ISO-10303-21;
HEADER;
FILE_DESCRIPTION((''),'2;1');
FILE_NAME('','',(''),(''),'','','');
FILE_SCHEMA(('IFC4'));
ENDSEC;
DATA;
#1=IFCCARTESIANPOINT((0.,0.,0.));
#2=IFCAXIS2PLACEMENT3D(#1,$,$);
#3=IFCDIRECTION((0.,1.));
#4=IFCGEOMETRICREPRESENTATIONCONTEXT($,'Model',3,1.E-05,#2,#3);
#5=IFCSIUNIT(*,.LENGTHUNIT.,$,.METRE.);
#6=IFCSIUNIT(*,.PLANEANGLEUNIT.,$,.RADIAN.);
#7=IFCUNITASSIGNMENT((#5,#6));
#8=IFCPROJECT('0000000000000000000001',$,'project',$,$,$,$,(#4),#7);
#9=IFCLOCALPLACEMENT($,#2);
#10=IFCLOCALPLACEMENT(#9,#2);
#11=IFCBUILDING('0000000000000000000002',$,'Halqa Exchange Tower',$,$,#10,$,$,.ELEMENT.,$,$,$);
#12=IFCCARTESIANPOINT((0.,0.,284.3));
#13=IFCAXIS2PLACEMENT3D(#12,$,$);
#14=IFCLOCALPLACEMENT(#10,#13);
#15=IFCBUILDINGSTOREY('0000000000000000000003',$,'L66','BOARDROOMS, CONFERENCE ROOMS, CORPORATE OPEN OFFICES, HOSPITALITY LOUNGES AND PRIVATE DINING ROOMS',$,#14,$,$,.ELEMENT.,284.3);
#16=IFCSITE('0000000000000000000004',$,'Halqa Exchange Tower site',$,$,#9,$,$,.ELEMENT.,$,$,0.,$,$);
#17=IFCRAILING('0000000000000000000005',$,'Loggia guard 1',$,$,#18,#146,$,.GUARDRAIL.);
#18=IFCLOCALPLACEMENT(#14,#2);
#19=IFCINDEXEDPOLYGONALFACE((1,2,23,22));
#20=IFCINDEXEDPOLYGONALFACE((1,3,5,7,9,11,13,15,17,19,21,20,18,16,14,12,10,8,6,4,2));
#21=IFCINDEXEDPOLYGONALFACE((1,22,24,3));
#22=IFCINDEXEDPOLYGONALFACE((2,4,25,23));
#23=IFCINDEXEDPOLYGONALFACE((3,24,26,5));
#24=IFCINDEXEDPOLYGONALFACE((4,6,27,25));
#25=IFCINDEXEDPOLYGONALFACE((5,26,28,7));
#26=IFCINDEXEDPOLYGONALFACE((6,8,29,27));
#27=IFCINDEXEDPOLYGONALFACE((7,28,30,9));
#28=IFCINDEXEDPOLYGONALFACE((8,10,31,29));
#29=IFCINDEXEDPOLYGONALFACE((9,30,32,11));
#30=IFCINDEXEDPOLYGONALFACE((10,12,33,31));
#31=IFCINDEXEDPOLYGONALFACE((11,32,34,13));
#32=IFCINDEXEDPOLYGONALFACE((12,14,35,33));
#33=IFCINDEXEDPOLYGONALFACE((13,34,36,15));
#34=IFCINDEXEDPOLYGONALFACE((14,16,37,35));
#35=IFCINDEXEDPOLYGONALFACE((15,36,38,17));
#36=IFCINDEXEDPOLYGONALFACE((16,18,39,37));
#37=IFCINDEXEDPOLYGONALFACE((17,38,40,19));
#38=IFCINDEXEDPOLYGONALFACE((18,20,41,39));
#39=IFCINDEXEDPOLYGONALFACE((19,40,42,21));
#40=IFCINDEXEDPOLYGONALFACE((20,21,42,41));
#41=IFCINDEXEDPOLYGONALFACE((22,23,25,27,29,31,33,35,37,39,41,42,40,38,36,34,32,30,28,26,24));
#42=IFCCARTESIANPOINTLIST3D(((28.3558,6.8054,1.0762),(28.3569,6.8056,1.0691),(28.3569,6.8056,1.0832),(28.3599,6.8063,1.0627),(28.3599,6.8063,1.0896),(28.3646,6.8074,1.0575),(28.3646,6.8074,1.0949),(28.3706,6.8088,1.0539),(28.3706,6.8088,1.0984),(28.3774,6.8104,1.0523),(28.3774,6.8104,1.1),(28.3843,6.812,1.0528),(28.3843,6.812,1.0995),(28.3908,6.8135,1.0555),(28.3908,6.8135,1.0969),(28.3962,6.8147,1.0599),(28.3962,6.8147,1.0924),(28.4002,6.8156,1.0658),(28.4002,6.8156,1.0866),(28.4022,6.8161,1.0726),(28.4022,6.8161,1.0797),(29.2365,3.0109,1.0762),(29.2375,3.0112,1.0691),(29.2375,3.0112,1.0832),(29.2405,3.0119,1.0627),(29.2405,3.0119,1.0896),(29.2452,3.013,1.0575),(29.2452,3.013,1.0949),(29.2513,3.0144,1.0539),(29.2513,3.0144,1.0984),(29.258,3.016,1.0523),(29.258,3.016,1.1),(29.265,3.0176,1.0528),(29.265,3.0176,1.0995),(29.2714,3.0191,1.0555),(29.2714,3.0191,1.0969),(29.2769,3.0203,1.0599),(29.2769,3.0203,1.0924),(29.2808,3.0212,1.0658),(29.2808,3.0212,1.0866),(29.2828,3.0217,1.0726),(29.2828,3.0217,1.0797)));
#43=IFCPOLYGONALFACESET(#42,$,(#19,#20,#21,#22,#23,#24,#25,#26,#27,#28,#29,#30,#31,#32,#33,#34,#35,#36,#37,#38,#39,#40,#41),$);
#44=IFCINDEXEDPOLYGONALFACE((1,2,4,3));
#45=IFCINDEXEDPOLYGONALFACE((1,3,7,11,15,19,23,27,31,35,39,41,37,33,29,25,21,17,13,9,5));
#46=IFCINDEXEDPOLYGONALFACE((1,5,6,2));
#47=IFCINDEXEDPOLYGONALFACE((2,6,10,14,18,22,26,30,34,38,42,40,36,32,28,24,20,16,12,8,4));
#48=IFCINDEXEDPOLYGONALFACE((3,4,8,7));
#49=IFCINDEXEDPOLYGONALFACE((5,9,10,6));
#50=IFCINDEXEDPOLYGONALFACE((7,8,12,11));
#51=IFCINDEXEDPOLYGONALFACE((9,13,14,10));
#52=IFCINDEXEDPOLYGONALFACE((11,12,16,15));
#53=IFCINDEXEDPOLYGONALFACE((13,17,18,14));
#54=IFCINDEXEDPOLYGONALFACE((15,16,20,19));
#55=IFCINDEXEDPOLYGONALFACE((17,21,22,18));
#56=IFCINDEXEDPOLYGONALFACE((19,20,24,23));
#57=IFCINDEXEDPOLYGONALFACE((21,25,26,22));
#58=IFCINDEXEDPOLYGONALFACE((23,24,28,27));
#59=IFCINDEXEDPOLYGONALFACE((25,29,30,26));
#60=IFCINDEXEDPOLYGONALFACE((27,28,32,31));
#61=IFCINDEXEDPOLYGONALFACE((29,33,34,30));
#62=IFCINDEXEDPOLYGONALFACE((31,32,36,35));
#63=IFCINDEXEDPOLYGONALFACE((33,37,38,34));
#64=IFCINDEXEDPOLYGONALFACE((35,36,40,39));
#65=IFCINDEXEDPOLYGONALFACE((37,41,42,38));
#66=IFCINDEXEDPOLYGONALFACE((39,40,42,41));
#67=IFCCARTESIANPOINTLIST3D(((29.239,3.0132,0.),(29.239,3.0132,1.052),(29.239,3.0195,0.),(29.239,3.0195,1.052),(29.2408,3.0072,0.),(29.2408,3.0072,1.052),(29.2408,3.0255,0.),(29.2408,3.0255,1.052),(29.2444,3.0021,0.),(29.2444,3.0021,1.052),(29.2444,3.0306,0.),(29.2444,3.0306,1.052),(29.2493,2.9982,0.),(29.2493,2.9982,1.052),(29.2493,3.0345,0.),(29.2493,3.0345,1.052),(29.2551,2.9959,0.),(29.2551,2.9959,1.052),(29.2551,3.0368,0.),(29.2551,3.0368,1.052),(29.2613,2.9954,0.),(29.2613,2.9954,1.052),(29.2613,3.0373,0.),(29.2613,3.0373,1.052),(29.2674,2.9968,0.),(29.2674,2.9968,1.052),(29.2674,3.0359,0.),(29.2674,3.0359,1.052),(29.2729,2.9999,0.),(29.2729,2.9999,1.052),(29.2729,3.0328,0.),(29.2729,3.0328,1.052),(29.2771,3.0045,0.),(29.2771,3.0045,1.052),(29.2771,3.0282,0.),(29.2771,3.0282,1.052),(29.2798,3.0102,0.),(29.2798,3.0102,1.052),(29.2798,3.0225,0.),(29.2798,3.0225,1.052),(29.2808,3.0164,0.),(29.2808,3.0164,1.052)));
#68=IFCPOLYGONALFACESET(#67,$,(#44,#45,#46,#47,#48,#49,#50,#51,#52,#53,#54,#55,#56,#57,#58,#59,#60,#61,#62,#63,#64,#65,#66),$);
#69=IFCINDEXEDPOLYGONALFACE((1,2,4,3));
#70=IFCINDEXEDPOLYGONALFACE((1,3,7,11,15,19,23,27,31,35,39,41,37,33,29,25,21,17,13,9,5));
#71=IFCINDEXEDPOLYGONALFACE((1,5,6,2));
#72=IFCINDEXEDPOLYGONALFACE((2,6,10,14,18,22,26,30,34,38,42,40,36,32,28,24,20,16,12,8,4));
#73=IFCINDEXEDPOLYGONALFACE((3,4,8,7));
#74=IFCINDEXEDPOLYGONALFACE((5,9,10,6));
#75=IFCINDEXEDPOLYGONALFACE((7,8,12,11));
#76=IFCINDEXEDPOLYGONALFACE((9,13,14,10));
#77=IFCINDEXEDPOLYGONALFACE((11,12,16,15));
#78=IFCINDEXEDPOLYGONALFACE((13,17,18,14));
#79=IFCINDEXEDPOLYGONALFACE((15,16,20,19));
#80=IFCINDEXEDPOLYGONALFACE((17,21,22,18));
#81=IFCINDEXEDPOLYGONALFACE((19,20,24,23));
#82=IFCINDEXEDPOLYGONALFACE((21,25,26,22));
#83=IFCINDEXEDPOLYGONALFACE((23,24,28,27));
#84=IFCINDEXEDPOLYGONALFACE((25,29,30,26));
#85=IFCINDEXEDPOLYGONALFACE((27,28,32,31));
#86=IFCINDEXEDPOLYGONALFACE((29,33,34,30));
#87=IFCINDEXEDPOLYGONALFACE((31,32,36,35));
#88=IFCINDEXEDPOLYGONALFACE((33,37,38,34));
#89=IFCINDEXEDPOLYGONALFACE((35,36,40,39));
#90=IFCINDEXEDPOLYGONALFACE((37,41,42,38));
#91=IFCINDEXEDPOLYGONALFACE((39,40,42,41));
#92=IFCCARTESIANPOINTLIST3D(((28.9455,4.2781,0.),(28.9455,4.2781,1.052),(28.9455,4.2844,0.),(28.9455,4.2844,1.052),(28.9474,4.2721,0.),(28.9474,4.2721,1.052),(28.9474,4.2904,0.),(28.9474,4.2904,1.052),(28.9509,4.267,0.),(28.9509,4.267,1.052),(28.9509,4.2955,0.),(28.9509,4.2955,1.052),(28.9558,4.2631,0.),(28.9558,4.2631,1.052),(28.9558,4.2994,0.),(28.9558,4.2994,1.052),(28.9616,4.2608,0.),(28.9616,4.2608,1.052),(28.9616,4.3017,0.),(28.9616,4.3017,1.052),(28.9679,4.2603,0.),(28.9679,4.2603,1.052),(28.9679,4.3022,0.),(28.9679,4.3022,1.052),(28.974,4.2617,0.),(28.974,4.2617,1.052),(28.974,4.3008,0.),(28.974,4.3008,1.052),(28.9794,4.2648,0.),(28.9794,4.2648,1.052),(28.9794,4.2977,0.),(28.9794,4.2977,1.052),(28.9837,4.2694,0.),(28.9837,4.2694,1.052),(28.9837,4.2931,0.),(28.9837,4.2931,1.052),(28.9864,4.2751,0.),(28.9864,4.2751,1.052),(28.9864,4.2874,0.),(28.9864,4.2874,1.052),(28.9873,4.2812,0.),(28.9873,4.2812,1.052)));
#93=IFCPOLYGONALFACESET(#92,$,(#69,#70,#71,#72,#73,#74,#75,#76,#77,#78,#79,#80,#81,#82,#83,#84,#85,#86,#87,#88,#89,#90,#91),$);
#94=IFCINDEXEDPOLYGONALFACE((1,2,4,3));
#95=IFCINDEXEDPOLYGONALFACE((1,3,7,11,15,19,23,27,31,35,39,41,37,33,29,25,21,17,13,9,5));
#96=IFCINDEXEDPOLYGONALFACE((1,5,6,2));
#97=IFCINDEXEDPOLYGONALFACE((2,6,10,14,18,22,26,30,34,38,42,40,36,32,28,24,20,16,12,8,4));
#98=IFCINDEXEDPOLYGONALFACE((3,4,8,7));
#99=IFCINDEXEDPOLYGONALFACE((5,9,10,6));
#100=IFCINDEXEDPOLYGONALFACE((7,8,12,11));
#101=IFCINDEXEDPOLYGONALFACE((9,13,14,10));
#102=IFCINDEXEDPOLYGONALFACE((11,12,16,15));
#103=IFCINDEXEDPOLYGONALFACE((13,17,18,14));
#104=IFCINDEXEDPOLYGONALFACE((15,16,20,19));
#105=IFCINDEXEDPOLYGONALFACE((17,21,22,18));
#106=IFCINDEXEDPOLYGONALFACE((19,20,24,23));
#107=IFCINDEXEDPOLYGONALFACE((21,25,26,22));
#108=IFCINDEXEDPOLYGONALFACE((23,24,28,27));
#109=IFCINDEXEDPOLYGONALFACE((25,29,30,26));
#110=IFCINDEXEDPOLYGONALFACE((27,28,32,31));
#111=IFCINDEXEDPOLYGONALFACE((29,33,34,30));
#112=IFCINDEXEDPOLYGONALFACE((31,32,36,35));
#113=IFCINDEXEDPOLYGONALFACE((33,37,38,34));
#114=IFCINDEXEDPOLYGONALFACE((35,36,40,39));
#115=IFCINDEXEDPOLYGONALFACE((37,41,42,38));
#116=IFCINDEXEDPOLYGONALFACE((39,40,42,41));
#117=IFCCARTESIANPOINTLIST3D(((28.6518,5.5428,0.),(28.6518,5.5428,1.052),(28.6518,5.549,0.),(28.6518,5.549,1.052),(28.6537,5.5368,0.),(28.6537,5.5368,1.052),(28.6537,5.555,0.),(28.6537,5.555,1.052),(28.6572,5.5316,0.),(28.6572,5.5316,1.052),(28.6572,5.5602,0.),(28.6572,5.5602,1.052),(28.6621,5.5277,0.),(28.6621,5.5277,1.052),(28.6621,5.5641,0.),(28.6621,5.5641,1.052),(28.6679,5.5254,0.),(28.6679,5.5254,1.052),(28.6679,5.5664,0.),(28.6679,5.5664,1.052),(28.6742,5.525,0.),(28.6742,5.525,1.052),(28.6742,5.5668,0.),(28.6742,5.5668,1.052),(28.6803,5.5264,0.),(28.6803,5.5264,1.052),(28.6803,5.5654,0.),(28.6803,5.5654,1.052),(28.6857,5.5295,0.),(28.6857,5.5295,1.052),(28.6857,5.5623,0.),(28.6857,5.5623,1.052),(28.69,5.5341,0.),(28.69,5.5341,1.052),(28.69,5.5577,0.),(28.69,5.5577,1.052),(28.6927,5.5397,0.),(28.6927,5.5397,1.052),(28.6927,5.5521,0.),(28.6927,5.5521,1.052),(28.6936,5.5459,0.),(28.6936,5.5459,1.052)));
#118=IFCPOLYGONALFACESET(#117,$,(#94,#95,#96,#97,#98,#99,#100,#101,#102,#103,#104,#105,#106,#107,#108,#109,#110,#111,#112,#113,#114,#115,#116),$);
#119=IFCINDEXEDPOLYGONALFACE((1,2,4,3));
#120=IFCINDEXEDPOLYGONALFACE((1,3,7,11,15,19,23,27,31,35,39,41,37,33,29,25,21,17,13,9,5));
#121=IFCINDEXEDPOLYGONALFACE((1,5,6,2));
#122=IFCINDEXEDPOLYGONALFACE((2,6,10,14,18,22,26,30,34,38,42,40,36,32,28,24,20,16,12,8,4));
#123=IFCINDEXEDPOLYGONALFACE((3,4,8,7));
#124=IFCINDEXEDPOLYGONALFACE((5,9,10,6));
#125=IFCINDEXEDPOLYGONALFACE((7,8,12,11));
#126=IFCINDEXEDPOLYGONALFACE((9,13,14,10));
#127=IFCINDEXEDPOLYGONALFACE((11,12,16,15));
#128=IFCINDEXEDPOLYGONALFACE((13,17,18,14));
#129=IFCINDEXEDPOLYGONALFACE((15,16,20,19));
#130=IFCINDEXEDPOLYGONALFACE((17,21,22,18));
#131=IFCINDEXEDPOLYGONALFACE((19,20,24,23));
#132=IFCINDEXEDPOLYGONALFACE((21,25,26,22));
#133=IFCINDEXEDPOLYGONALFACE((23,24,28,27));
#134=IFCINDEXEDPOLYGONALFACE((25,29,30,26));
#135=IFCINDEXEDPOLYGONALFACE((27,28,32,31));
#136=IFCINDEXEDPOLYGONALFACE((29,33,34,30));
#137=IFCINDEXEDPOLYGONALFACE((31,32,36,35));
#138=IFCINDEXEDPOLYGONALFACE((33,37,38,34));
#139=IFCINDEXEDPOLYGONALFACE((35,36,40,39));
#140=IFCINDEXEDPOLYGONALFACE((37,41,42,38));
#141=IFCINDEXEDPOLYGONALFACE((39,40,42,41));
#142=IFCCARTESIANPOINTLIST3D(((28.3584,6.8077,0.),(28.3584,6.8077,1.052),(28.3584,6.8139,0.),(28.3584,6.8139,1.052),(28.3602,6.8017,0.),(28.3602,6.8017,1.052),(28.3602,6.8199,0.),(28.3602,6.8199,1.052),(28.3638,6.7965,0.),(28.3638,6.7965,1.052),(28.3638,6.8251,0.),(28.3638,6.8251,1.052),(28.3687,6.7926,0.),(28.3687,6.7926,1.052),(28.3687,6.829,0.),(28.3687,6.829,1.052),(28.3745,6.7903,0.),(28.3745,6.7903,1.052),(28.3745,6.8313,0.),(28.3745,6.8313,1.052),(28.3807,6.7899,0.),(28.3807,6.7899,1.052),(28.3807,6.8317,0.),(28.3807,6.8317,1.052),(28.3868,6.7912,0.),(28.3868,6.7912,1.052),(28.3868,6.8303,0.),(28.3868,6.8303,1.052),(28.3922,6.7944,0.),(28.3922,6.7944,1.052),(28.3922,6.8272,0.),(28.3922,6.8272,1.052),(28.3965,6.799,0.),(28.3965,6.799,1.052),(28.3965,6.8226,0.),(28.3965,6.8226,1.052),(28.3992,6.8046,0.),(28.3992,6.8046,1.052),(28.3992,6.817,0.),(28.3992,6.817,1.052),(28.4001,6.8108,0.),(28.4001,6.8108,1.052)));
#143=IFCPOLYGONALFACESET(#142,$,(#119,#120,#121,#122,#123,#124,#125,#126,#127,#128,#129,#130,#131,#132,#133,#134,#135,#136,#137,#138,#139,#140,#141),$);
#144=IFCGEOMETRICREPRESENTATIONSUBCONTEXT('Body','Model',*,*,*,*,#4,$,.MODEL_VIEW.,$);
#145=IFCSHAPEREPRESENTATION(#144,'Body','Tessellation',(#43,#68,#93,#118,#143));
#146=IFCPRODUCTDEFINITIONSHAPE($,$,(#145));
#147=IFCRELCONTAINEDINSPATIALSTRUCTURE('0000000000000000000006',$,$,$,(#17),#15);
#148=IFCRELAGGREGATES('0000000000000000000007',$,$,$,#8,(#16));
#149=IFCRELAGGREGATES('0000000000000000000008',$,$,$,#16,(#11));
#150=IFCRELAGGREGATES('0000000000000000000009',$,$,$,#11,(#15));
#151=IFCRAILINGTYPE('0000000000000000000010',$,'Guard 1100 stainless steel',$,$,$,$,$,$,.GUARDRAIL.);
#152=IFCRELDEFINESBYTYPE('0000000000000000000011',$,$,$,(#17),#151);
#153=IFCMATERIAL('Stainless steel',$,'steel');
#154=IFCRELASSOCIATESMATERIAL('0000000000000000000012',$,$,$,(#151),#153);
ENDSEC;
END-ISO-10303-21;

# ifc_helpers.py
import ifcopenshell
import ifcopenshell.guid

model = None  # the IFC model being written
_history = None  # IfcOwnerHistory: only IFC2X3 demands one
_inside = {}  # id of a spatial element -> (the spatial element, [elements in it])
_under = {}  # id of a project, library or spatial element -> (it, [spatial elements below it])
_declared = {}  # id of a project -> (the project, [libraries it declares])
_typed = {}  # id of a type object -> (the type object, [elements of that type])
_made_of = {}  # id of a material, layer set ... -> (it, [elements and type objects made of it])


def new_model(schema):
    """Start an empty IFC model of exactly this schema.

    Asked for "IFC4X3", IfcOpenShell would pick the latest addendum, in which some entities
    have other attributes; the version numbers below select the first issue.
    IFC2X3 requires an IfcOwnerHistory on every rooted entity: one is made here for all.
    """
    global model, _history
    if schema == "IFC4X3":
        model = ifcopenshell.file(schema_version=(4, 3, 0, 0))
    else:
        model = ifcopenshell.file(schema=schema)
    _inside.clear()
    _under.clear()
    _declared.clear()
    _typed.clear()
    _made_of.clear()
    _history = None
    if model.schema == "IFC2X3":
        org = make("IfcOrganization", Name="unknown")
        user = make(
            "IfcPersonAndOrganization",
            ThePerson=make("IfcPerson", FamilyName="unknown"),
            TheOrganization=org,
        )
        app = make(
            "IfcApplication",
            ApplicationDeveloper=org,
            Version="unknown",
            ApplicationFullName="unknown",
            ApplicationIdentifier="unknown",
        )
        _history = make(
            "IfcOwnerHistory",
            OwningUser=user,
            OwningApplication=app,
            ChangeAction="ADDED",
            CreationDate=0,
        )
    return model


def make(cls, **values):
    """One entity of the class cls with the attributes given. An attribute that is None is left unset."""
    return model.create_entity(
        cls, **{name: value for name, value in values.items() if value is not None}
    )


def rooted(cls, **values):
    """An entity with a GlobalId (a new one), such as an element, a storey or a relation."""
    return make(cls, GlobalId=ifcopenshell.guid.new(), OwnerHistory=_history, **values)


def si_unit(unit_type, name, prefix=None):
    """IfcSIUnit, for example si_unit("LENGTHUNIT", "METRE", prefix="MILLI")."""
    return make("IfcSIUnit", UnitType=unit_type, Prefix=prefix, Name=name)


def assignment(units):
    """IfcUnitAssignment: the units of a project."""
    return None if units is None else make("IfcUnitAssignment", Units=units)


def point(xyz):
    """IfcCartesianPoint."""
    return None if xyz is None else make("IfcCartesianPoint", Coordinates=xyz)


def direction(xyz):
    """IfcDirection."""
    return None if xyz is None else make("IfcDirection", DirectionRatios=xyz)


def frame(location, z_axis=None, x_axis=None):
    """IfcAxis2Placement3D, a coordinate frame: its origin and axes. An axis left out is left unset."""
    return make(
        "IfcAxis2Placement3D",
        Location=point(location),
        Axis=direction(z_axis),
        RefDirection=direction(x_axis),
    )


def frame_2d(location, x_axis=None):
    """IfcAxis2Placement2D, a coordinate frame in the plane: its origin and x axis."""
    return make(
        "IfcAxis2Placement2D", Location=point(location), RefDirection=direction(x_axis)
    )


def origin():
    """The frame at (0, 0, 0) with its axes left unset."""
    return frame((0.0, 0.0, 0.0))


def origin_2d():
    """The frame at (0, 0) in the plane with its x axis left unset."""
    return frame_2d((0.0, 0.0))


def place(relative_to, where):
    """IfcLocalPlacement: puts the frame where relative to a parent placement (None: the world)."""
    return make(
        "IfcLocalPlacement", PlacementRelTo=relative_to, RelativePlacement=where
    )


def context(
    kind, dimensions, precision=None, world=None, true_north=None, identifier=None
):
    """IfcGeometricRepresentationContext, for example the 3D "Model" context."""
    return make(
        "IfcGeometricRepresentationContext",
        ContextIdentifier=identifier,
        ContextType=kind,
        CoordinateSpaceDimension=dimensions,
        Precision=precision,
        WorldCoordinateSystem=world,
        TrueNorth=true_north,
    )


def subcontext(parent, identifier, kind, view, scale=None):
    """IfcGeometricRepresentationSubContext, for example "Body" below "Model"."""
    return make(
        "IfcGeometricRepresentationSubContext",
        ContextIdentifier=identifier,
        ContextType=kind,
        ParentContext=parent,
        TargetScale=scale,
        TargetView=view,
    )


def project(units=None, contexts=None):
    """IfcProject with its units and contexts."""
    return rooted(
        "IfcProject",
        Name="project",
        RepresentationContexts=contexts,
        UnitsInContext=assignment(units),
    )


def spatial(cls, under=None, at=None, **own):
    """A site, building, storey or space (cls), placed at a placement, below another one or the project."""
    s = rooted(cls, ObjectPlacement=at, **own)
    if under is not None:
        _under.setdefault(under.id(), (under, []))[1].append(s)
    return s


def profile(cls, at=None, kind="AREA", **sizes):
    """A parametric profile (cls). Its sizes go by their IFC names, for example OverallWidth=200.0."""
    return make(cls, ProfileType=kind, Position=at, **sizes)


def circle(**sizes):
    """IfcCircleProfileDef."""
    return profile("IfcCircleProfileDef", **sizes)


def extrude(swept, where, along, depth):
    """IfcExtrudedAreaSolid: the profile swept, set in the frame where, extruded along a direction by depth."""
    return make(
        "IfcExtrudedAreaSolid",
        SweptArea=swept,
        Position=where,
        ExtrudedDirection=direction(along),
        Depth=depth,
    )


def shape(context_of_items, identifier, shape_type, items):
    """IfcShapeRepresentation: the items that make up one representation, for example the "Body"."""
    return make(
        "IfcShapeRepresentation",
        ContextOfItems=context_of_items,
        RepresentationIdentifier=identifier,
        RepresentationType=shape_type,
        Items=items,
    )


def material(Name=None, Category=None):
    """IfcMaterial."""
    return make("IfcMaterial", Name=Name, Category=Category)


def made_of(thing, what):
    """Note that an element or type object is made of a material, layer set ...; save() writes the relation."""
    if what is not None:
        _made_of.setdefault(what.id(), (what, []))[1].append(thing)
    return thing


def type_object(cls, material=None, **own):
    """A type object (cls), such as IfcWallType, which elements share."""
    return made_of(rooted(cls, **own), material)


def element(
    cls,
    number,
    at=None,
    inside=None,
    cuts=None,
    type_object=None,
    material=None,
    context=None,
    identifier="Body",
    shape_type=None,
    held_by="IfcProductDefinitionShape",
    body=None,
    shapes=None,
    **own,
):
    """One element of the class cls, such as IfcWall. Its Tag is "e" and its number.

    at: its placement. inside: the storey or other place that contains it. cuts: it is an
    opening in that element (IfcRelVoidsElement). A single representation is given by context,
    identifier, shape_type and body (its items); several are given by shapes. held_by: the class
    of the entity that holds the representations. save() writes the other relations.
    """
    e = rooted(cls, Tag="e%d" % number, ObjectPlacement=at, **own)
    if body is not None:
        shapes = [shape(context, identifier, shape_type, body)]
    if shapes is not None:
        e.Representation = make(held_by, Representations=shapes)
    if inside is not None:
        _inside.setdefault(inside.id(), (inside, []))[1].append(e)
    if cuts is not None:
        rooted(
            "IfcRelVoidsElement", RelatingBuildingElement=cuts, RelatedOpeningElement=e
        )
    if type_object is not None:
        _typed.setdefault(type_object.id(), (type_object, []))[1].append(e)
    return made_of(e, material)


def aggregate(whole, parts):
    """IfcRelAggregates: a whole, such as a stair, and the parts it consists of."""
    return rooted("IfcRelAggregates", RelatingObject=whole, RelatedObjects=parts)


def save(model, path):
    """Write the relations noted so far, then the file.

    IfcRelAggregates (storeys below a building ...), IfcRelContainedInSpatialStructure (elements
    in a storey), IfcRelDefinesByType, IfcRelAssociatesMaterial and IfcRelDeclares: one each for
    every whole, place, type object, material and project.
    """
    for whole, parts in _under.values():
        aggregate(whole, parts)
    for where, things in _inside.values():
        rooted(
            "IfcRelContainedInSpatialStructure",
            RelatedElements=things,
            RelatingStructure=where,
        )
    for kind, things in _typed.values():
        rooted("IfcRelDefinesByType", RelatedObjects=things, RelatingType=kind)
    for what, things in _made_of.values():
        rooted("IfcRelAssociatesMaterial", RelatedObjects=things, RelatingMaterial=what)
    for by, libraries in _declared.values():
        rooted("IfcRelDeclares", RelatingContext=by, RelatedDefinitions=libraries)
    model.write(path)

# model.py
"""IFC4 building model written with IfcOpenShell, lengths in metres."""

from ifc_helpers import new_model, si_unit, direction, frame, origin, origin_2d, place, context, subcontext, project, spatial, circle, extrude, material, type_object, element, save


model = new_model("IFC4")

# Units and contexts
model_context = context("Model", 3, precision=1e-05, world=origin(), true_north=direction((0.0, 1.0)))
body_context = subcontext(model_context, "Body", "Model", "MODEL_VIEW")
ifc_project = project(units=[si_unit("LENGTHUNIT", "METRE"), si_unit("PLANEANGLEUNIT", "RADIAN")], contexts=[model_context])

# Site, building, storey
site_placement = place(None, origin())
site = spatial("IfcSite", under=ifc_project, at=site_placement, Name="Halqa Exchange Tower site", CompositionType="ELEMENT", RefElevation=0.0)
building_placement = place(site_placement, origin())
building = spatial("IfcBuilding", under=site, at=building_placement, Name="Halqa Exchange Tower", CompositionType="ELEMENT")
storey_placement = place(building_placement, frame((0.0, 0.0, 284.3)))
storey = spatial("IfcBuildingStorey", under=building, at=storey_placement, Name="L66", Description="BOARDROOMS, CONFERENCE ROOMS, CORPORATE OPEN OFFICES, HOSPITALITY LOUNGES AND PRIVATE DINING ROOMS", CompositionType="ELEMENT", Elevation=284.3)

# Railing
ifc_material_1 = material(Name="Stainless steel", Category="steel")
railing_type = type_object("IfcRailingType", Name="Guard 1100 stainless steel", PredefinedType="GUARDRAIL", material=ifc_material_1)
railing_1_placement = place(storey_placement, frame((29.2598, 3.0164, 0.0)))
element("IfcRailing", 1, at=railing_1_placement, inside=storey, type_object=railing_type, Name="Loggia guard 1", PredefinedType="GUARDRAIL", context=body_context, shape_type="SweptSolid", body=[
    extrude(circle(Radius=0.0239, at=origin_2d()), frame((0.0, 0.0, 1.0762), z_axis=(-0.226072, 0.974111, 0.0), x_axis=(-0.974111, -0.226072, 0.0)), (0.0, 0.0, 1.0), 3.8953),
    extrude(circle(Radius=0.021, at=origin_2d()), origin(), (0.0, 0.0, 1.0), 1.052),
    extrude(circle(Radius=0.021, at=origin_2d()), frame((-0.2935, 1.2649, 0.0)), (0.0, 0.0, 1.0), 1.052),
    extrude(circle(Radius=0.021, at=origin_2d()), frame((-0.5872, 2.5295, 0.0)), (0.0, 0.0, 1.0), 1.052),
    extrude(circle(Radius=0.021, at=origin_2d()), frame((-0.8806, 3.7944, 0.0)), (0.0, 0.0, 1.0), 1.052),
])

save(model, "model.ifc")
